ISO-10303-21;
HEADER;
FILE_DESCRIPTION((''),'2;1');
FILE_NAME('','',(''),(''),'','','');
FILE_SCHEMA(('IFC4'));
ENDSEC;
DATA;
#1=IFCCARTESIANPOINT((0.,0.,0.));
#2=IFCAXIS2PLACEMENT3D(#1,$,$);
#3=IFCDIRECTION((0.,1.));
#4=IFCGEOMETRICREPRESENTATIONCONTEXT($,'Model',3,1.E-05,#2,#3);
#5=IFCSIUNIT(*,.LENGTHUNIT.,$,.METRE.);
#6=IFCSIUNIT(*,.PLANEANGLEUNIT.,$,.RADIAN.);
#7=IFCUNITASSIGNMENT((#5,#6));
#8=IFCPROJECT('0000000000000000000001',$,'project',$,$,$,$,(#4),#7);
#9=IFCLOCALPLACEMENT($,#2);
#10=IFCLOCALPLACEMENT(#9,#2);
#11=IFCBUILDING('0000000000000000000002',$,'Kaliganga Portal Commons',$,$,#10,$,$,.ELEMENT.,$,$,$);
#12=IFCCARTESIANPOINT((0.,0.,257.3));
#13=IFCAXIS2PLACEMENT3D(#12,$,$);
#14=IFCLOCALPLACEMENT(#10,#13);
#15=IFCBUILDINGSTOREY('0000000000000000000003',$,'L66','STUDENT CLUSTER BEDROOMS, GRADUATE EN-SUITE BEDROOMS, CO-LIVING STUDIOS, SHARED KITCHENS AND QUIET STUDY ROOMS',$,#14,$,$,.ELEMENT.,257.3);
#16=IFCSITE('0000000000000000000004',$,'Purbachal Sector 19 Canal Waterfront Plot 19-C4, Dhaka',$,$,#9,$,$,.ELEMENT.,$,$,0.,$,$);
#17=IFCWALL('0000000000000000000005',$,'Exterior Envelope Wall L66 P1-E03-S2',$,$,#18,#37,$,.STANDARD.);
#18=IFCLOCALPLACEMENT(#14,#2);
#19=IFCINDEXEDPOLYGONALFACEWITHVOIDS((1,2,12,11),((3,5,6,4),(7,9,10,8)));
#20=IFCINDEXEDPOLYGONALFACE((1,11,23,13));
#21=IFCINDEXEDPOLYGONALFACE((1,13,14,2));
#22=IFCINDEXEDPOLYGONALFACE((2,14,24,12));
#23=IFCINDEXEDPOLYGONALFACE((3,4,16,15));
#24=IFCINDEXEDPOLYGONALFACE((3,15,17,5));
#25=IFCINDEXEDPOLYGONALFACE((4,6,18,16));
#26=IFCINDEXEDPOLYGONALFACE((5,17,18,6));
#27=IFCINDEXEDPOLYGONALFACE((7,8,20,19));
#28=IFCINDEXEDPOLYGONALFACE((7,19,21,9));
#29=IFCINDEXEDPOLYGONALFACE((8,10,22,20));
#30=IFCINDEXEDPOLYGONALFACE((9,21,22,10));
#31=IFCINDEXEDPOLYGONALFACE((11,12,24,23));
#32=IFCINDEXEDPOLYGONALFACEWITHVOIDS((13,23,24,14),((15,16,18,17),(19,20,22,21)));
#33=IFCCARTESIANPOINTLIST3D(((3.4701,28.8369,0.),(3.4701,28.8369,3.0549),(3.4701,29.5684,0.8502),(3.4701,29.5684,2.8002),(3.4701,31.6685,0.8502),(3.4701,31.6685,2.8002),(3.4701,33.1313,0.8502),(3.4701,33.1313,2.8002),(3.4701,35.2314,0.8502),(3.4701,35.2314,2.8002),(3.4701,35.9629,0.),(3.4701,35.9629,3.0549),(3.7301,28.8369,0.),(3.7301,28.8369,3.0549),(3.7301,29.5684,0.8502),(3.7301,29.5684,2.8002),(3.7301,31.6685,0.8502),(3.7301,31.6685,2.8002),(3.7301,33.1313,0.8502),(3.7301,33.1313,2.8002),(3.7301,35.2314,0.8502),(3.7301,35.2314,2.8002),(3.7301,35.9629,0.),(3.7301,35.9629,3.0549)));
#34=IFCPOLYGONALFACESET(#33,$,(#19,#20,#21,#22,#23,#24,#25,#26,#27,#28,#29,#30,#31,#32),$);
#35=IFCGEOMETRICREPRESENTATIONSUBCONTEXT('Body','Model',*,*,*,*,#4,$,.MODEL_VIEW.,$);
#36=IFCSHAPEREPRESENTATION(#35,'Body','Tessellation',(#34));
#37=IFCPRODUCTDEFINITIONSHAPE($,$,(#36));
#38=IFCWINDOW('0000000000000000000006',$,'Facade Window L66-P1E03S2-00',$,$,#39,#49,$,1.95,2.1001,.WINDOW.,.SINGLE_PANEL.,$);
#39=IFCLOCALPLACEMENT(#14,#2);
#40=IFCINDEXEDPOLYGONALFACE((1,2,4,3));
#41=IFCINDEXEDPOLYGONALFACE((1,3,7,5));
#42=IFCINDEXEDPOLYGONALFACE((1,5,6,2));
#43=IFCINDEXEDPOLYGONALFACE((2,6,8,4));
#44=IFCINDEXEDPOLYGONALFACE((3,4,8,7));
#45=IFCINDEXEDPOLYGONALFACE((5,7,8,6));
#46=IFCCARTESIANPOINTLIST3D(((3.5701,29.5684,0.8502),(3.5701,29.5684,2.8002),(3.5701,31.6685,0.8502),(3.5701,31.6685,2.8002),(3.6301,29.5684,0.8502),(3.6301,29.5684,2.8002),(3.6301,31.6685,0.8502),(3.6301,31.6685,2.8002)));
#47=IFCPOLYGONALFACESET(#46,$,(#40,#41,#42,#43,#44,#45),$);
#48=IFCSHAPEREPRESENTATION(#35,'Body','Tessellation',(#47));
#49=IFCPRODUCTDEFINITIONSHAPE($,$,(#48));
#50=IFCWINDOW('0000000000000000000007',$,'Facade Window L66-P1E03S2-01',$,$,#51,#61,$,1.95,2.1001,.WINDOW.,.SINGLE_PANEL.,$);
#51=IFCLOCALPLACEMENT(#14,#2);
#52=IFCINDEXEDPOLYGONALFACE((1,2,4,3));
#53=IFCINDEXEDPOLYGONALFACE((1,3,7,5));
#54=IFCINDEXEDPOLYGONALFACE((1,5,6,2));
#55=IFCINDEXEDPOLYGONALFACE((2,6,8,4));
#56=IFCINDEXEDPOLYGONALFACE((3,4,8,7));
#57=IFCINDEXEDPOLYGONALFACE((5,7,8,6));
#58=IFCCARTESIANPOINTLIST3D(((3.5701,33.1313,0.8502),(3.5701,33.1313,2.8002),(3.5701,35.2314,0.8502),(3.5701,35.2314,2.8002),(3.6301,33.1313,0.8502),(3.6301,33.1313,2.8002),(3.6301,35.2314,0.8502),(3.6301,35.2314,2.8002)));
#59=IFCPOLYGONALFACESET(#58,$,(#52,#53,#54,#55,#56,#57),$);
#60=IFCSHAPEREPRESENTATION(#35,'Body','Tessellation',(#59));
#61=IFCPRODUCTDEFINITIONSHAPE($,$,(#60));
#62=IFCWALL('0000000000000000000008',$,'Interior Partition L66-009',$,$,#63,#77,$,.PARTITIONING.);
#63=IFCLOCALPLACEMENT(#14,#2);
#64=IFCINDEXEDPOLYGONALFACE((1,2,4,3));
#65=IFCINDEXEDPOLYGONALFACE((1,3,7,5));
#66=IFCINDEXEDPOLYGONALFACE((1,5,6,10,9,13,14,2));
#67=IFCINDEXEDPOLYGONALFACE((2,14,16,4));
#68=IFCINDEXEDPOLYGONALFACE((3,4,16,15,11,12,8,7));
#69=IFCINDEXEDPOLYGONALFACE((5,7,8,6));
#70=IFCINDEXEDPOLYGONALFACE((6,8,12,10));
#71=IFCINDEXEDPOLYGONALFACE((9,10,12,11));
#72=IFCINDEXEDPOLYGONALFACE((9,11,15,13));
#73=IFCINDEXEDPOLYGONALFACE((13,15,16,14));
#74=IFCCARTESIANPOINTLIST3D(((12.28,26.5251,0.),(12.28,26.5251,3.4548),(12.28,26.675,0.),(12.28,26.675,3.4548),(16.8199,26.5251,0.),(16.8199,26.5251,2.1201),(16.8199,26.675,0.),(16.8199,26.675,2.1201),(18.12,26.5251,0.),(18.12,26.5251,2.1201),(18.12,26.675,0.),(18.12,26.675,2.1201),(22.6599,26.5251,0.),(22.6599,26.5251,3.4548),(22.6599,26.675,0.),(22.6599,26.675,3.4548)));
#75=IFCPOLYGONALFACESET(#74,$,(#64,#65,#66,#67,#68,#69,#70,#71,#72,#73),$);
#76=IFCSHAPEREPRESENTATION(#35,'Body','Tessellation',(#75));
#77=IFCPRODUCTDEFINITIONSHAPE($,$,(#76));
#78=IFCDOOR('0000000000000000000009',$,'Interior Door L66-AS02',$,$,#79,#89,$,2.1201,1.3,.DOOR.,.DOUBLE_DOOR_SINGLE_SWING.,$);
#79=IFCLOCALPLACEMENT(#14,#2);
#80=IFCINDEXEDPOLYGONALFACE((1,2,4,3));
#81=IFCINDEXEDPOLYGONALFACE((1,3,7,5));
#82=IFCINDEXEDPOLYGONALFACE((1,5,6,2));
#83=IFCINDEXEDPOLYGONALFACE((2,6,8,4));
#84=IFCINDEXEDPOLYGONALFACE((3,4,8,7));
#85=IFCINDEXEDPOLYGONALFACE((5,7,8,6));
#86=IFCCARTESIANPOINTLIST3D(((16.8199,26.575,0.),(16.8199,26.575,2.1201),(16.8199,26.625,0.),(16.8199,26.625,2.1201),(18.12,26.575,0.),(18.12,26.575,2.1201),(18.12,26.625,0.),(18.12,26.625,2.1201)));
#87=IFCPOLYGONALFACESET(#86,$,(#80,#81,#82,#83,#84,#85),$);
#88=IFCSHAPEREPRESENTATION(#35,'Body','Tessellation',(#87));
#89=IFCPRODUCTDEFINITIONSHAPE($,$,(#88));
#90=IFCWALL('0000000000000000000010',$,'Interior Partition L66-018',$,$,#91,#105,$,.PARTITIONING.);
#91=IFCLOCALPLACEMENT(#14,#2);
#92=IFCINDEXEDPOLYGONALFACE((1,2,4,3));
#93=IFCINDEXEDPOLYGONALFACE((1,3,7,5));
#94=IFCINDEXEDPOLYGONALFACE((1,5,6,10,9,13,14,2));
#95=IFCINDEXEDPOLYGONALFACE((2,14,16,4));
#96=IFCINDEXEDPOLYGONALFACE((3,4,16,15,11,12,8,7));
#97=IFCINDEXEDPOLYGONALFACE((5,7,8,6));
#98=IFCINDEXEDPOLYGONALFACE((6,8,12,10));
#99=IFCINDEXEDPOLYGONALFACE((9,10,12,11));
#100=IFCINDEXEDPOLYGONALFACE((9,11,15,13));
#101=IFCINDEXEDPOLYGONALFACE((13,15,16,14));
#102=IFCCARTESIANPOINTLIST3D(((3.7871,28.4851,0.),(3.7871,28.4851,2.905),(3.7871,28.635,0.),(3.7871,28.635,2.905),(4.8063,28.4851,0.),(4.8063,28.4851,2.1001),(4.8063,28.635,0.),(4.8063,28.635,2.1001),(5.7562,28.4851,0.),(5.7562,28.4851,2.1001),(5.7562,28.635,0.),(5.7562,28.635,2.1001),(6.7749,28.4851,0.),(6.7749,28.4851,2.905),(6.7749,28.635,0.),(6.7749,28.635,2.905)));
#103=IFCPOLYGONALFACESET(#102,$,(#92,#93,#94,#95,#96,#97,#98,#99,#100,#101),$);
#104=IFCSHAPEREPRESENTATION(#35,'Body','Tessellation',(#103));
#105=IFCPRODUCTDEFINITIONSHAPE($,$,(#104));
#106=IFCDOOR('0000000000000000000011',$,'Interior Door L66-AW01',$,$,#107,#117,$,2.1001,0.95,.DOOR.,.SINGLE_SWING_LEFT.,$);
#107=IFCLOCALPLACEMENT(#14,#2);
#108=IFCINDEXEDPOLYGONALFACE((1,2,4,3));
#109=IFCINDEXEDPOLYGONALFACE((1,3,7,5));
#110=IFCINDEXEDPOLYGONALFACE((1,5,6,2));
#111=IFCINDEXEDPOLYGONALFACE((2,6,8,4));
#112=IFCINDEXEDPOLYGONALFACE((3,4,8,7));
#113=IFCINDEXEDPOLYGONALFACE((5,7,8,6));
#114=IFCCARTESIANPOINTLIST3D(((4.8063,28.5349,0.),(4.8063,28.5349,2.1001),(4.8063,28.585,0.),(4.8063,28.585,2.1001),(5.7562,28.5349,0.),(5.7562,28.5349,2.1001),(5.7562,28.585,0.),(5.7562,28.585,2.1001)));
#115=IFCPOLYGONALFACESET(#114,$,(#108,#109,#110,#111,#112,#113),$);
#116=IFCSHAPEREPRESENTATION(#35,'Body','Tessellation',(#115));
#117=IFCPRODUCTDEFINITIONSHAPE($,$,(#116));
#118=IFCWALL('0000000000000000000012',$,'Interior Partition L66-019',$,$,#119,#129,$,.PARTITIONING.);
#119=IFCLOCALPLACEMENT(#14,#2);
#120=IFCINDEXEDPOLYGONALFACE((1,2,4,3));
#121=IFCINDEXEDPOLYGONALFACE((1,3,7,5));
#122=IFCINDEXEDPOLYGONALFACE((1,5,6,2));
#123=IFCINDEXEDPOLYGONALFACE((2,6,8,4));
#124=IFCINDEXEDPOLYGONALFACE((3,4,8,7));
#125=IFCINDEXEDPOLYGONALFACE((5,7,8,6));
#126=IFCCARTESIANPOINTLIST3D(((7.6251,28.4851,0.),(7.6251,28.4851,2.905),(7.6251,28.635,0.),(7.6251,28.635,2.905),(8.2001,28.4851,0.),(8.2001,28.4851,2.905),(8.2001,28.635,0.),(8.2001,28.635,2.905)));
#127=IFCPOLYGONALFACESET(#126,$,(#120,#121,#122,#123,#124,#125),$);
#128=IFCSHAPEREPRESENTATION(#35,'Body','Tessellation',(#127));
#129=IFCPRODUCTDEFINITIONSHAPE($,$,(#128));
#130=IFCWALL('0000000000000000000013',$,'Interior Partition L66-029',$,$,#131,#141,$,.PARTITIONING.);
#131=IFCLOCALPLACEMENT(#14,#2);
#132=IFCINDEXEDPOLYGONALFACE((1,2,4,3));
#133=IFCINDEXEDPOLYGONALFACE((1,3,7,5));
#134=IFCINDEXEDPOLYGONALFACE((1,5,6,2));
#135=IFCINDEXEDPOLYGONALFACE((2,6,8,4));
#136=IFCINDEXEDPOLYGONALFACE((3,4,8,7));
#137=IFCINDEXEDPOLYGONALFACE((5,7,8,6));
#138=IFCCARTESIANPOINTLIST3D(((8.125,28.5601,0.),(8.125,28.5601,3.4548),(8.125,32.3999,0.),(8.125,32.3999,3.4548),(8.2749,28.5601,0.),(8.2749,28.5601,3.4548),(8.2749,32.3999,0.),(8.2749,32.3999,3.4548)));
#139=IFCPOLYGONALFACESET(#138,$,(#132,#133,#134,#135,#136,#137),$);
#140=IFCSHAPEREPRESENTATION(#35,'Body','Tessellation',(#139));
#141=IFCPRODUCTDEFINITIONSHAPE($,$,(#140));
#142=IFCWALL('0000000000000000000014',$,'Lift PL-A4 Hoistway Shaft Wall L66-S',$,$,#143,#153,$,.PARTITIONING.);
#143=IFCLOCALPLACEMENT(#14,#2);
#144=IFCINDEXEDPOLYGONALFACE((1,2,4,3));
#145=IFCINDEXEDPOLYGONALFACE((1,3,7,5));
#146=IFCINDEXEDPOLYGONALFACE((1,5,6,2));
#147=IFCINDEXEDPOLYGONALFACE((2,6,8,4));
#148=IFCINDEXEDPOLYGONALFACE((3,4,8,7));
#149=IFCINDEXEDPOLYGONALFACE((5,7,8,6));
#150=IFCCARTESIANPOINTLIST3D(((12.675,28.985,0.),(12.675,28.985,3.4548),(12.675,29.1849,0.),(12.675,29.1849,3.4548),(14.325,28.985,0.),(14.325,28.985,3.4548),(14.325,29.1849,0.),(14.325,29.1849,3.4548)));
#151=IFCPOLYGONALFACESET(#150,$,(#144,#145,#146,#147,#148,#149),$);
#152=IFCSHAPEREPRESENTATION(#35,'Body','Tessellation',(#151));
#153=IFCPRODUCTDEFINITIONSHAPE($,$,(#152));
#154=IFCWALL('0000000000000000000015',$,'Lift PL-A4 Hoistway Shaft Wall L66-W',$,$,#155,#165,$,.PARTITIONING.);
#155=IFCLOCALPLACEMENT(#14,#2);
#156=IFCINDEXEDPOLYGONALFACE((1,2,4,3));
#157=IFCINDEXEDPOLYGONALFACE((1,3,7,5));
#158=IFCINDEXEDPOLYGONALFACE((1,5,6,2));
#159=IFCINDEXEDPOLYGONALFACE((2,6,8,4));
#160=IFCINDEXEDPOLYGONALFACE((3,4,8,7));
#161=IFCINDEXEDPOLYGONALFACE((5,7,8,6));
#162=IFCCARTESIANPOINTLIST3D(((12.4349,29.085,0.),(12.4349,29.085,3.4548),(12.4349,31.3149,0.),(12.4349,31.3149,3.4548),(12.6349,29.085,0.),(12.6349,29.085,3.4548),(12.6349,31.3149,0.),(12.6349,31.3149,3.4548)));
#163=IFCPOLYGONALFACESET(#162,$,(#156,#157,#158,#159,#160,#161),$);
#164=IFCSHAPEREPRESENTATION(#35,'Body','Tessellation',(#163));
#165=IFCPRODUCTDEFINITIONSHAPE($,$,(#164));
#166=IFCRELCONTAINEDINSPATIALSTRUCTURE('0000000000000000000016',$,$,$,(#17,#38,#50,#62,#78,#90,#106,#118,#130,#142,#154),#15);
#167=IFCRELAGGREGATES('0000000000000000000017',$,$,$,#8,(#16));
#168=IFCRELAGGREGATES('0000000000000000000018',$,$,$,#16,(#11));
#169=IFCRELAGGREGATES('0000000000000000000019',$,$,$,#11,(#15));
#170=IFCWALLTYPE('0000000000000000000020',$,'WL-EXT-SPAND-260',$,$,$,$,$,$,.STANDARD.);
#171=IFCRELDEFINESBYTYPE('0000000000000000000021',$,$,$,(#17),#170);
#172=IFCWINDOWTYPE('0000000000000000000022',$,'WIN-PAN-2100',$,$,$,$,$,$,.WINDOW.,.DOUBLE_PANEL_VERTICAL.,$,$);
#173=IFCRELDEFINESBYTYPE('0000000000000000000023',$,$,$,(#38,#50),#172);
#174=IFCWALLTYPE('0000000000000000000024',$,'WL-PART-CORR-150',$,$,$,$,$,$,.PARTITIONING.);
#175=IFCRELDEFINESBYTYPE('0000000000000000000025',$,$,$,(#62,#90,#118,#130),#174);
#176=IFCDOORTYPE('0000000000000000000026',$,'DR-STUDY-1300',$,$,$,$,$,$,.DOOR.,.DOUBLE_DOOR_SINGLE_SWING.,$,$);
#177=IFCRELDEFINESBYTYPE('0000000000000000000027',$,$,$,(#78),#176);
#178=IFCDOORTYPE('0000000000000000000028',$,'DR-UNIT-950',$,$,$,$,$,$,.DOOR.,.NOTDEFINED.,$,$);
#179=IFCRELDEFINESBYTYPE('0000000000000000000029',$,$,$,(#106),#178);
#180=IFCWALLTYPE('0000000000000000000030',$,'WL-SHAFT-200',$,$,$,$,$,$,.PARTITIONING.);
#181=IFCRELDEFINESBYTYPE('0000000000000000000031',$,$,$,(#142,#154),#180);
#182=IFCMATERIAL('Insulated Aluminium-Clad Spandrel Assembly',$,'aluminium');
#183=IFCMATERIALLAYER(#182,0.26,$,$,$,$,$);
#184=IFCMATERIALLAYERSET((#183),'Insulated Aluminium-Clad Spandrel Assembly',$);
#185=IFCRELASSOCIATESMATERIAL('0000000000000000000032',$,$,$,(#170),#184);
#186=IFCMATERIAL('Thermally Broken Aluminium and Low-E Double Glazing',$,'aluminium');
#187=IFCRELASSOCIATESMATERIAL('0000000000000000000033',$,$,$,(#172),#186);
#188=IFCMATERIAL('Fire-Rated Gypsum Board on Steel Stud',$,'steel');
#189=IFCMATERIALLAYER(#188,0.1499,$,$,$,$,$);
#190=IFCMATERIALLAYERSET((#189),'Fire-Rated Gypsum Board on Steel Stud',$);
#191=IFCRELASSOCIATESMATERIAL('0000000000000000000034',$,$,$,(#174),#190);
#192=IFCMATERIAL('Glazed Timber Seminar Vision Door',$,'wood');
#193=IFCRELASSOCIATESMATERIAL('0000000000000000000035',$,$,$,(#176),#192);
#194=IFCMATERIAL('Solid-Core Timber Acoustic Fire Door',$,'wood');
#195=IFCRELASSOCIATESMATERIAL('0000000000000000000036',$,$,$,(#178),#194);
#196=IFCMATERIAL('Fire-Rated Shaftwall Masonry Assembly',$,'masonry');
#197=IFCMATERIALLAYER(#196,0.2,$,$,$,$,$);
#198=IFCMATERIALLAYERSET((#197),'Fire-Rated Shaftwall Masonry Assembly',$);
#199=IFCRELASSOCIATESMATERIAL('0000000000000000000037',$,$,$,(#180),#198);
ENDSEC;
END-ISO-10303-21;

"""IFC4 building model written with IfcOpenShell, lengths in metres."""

from ifc_helpers import new_model, si_unit, direction, frame, frame_2d, origin, place, context, subcontext, project, spatial, rectangle, extrude, material, layer, layer_set, type_object, element, fill, save


model = new_model("IFC4")

# Units and contexts
model_context = context("Model", 3, precision=1e-05, world=origin(), true_north=direction((0.0, 1.0)))
body_context = subcontext(model_context, "Body", "Model", "MODEL_VIEW")
ifc_project = project(units=[si_unit("LENGTHUNIT", "METRE"), si_unit("PLANEANGLEUNIT", "RADIAN")], contexts=[model_context])

# Site, building, storey
site_placement = place(None, origin())
site = spatial("IfcSite", under=ifc_project, at=site_placement, Name="Purbachal Sector 19 Canal Waterfront Plot 19-C4, Dhaka", CompositionType="ELEMENT", RefElevation=0.0)
building_placement = place(site_placement, origin())
building = spatial("IfcBuilding", under=site, at=building_placement, Name="Kaliganga Portal Commons", CompositionType="ELEMENT")
storey_placement = place(building_placement, frame((0.0, 0.0, 257.3)))
storey = spatial("IfcBuildingStorey", under=building, at=storey_placement, Name="L66", Description="STUDENT CLUSTER BEDROOMS, GRADUATE EN-SUITE BEDROOMS, CO-LIVING STUDIOS, SHARED KITCHENS AND QUIET STUDY ROOMS", CompositionType="ELEMENT", Elevation=257.3)

# Wall, openings, windows
ifc_material_1 = material(Name="Insulated Aluminium-Clad Spandrel Assembly", Category="aluminium")
ifc_layer_1 = layer(ifc_material_1, 0.26)
ifc_layer_set_1 = layer_set([ifc_layer_1], Name="Insulated Aluminium-Clad Spandrel Assembly")
wall_type_1 = type_object("IfcWallType", Name="WL-EXT-SPAND-260", PredefinedType="STANDARD", material=ifc_layer_set_1)
wall_1_placement = place(storey_placement, frame((3.6001, 28.8369, 0.0), z_axis=(0.0, 0.0, 1.0), x_axis=(0.0, 1.0, 0.0)))
wall_1 = element("IfcWall", 1, at=wall_1_placement, inside=storey, type_object=wall_type_1, Name="Exterior Envelope Wall L66 P1-E03-S2", PredefinedType="STANDARD", context=body_context, shape_type="SweptSolid", body=[
    extrude(rectangle(XDim=7.126, YDim=0.26, at=frame_2d((3.563, 0.0))), origin(), (0.0, 0.0, 1.0), 3.0549),
])
opening_1_placement = place(wall_1_placement, frame((0.7314, 0.0, 0.8501)))
opening_1 = element("IfcOpeningElement", 2, at=opening_1_placement, cuts=wall_1, PredefinedType="OPENING", context=body_context, shape_type="SweptSolid", body=[
    extrude(rectangle(XDim=2.1001, YDim=1.95, at=frame_2d((1.05, 0.9751))), frame((0.0, 0.1401, 0.0), z_axis=(0.0, -1.0, 0.0), x_axis=(1.0, 0.0, 0.0)), (0.0, 0.0, 1.0), 0.28),
])
opening_2_placement = place(wall_1_placement, frame((4.2944, 0.0, 0.8501)))
opening_2 = element("IfcOpeningElement", 3, at=opening_2_placement, cuts=wall_1, PredefinedType="OPENING", context=body_context, shape_type="SweptSolid", body=[
    extrude(rectangle(XDim=2.1001, YDim=1.95, at=frame_2d((1.05, 0.9751))), frame((0.0, 0.1401, 0.0), z_axis=(0.0, -1.0, 0.0), x_axis=(1.0, 0.0, 0.0)), (0.0, 0.0, 1.0), 0.28),
])
ifc_material_2 = material(Name="Thermally Broken Aluminium and Low-E Double Glazing", Category="aluminium")
window_type = type_object("IfcWindowType", Name="WIN-PAN-2100", PartitioningType="DOUBLE_PANEL_VERTICAL", PredefinedType="WINDOW", material=ifc_material_2)
window_1_placement = place(opening_1_placement, origin())
window_1 = element("IfcWindow", 4, at=window_1_placement, inside=storey, type_object=window_type, Name="Facade Window L66-P1E03S2-00", OverallHeight=1.95, OverallWidth=2.1001, PartitioningType="SINGLE_PANEL", PredefinedType="WINDOW", context=body_context, shape_type="SweptSolid", body=[
    extrude(rectangle(XDim=2.1001, YDim=1.95, at=frame_2d((1.05, 0.9751))), frame((0.0, 0.03, 0.0), z_axis=(0.0, -1.0, 0.0), x_axis=(1.0, 0.0, 0.0)), (0.0, 0.0, 1.0), 0.0601),
])
fill(opening_1, window_1)
window_2_placement = place(opening_2_placement, origin())
window_2 = element("IfcWindow", 5, at=window_2_placement, inside=storey, type_object=window_type, Name="Facade Window L66-P1E03S2-01", OverallHeight=1.95, OverallWidth=2.1001, PartitioningType="SINGLE_PANEL", PredefinedType="WINDOW", context=body_context, shape_type="SweptSolid", body=[
    extrude(rectangle(XDim=2.1001, YDim=1.95, at=frame_2d((1.05, 0.9751))), frame((0.0, 0.03, 0.0), z_axis=(0.0, -1.0, 0.0), x_axis=(1.0, 0.0, 0.0)), (0.0, 0.0, 1.0), 0.0601),
])
fill(opening_2, window_2)

# Walls, openings, doors
ifc_material_3 = material(Name="Fire-Rated Gypsum Board on Steel Stud", Category="steel")
ifc_layer_2 = layer(ifc_material_3, 0.1499)
ifc_layer_set_2 = layer_set([ifc_layer_2], Name="Fire-Rated Gypsum Board on Steel Stud")
wall_type_2 = type_object("IfcWallType", Name="WL-PART-CORR-150", PredefinedType="PARTITIONING", material=ifc_layer_set_2)
wall_2_placement = place(storey_placement, frame((12.28, 26.6001, 0.0), z_axis=(0.0, 0.0, 1.0), x_axis=(1.0, 0.0, 0.0)))
wall_2 = element("IfcWall", 6, at=wall_2_placement, inside=storey, type_object=wall_type_2, Name="Interior Partition L66-009", PredefinedType="PARTITIONING", context=body_context, shape_type="SweptSolid", body=[
    extrude(rectangle(XDim=10.3799, YDim=0.1499, at=frame_2d((5.1899, 0.0))), origin(), (0.0, 0.0, 1.0), 3.4548),
])
opening_3_placement = place(wall_2_placement, frame((4.54, 0.0, 0.0)))
opening_3 = element("IfcOpeningElement", 7, at=opening_3_placement, cuts=wall_2, PredefinedType="OPENING", context=body_context, shape_type="SweptSolid", body=[
    extrude(rectangle(XDim=1.3, YDim=2.1201, at=frame_2d((0.6499, 1.0601))), frame((0.0, 0.085, 0.0), z_axis=(0.0, -1.0, 0.0), x_axis=(1.0, 0.0, 0.0)), (0.0, 0.0, 1.0), 0.1699),
])
ifc_material_4 = material(Name="Glazed Timber Seminar Vision Door", Category="wood")
door_type_1 = type_object("IfcDoorType", Name="DR-STUDY-1300", OperationType="DOUBLE_DOOR_SINGLE_SWING", PredefinedType="DOOR", material=ifc_material_4)
door_1_placement = place(opening_3_placement, origin())
door_1 = element("IfcDoor", 8, at=door_1_placement, inside=storey, type_object=door_type_1, Name="Interior Door L66-AS02", OperationType="DOUBLE_DOOR_SINGLE_SWING", OverallHeight=2.1201, OverallWidth=1.3, PredefinedType="DOOR", context=body_context, shape_type="SweptSolid", body=[
    extrude(rectangle(XDim=1.3, YDim=2.1201, at=frame_2d((0.6499, 1.0601))), frame((0.0, 0.0249, 0.0), z_axis=(0.0, -1.0, 0.0), x_axis=(1.0, 0.0, 0.0)), (0.0, 0.0, 1.0), 0.05),
])
fill(opening_3, door_1)
wall_3_placement = place(storey_placement, frame((3.7871, 28.5601, 0.0), z_axis=(0.0, 0.0, 1.0), x_axis=(1.0, 0.0, 0.0)))
wall_3 = element("IfcWall", 9, at=wall_3_placement, inside=storey, type_object=wall_type_2, Name="Interior Partition L66-018", PredefinedType="PARTITIONING", context=body_context, shape_type="SweptSolid", body=[
    extrude(rectangle(XDim=2.9878, YDim=0.1499, at=frame_2d((1.4939, 0.0))), origin(), (0.0, 0.0, 1.0), 2.905),
])
opening_4_placement = place(wall_3_placement, frame((1.019, 0.0, 0.0)))
opening_4 = element("IfcOpeningElement", 10, at=opening_4_placement, cuts=wall_3, PredefinedType="OPENING", context=body_context, shape_type="SweptSolid", body=[
    extrude(rectangle(XDim=0.95, YDim=2.1001, at=frame_2d((0.4751, 1.05))), frame((0.0, 0.085, 0.0), z_axis=(0.0, -1.0, 0.0), x_axis=(1.0, 0.0, 0.0)), (0.0, 0.0, 1.0), 0.1699),
])
ifc_material_5 = material(Name="Solid-Core Timber Acoustic Fire Door", Category="wood")
door_type_2 = type_object("IfcDoorType", Name="DR-UNIT-950", OperationType="NOTDEFINED", PredefinedType="DOOR", material=ifc_material_5)
door_2_placement = place(opening_4_placement, origin())
door_2 = element("IfcDoor", 11, at=door_2_placement, inside=storey, type_object=door_type_2, Name="Interior Door L66-AW01", OperationType="SINGLE_SWING_LEFT", OverallHeight=2.1001, OverallWidth=0.95, PredefinedType="DOOR", context=body_context, shape_type="SweptSolid", body=[
    extrude(rectangle(XDim=0.95, YDim=2.1001, at=frame_2d((0.4751, 1.05))), frame((0.0, 0.0249, 0.0), z_axis=(0.0, -1.0, 0.0), x_axis=(1.0, 0.0, 0.0)), (0.0, 0.0, 1.0), 0.05),
])
fill(opening_4, door_2)

# Walls
wall_4_placement = place(storey_placement, frame((7.625, 28.5601, 0.0), z_axis=(0.0, 0.0, 1.0), x_axis=(1.0, 0.0, 0.0)))
element("IfcWall", 12, at=wall_4_placement, inside=storey, type_object=wall_type_2, Name="Interior Partition L66-019", PredefinedType="PARTITIONING", context=body_context, shape_type="SweptSolid", body=[
    extrude(rectangle(XDim=0.575, YDim=0.1499, at=frame_2d((0.2876, 0.0))), origin(), (0.0, 0.0, 1.0), 2.905),
])
wall_5_placement = place(storey_placement, frame((8.2, 28.5601, 0.0), z_axis=(0.0, 0.0, 1.0), x_axis=(0.0, 1.0, 0.0)))
element("IfcWall", 13, at=wall_5_placement, inside=storey, type_object=wall_type_2, Name="Interior Partition L66-029", PredefinedType="PARTITIONING", context=body_context, shape_type="SweptSolid", body=[
    extrude(rectangle(XDim=3.8398, YDim=0.1499, at=frame_2d((1.9199, 0.0))), origin(), (0.0, 0.0, 1.0), 3.4548),
])
ifc_material_6 = material(Name="Fire-Rated Shaftwall Masonry Assembly", Category="masonry")
ifc_layer_3 = layer(ifc_material_6, 0.2)
ifc_layer_set_3 = layer_set([ifc_layer_3], Name="Fire-Rated Shaftwall Masonry Assembly")
wall_type_3 = type_object("IfcWallType", Name="WL-SHAFT-200", PredefinedType="PARTITIONING", material=ifc_layer_set_3)
wall_6_placement = place(storey_placement, frame((12.675, 29.085, 0.0), z_axis=(0.0, 0.0, 1.0), x_axis=(1.0, 0.0, 0.0)))
element("IfcWall", 14, at=wall_6_placement, inside=storey, type_object=wall_type_3, Name="Lift PL-A4 Hoistway Shaft Wall L66-S", PredefinedType="PARTITIONING", context=body_context, shape_type="SweptSolid", body=[
    extrude(rectangle(XDim=1.6499, YDim=0.2, at=frame_2d((0.825, 0.0))), origin(), (0.0, 0.0, 1.0), 3.4548),
])
wall_7_placement = place(storey_placement, frame((12.5349, 29.085, 0.0), z_axis=(0.0, 0.0, 1.0), x_axis=(0.0, 1.0, 0.0)))
element("IfcWall", 15, at=wall_7_placement, inside=storey, type_object=wall_type_3, Name="Lift PL-A4 Hoistway Shaft Wall L66-W", PredefinedType="PARTITIONING", context=body_context, shape_type="SweptSolid", body=[
    extrude(rectangle(XDim=2.23, YDim=0.2, at=frame_2d((1.115, 0.0))), origin(), (0.0, 0.0, 1.0), 3.4548),
])

save(model, "model.ifc")
